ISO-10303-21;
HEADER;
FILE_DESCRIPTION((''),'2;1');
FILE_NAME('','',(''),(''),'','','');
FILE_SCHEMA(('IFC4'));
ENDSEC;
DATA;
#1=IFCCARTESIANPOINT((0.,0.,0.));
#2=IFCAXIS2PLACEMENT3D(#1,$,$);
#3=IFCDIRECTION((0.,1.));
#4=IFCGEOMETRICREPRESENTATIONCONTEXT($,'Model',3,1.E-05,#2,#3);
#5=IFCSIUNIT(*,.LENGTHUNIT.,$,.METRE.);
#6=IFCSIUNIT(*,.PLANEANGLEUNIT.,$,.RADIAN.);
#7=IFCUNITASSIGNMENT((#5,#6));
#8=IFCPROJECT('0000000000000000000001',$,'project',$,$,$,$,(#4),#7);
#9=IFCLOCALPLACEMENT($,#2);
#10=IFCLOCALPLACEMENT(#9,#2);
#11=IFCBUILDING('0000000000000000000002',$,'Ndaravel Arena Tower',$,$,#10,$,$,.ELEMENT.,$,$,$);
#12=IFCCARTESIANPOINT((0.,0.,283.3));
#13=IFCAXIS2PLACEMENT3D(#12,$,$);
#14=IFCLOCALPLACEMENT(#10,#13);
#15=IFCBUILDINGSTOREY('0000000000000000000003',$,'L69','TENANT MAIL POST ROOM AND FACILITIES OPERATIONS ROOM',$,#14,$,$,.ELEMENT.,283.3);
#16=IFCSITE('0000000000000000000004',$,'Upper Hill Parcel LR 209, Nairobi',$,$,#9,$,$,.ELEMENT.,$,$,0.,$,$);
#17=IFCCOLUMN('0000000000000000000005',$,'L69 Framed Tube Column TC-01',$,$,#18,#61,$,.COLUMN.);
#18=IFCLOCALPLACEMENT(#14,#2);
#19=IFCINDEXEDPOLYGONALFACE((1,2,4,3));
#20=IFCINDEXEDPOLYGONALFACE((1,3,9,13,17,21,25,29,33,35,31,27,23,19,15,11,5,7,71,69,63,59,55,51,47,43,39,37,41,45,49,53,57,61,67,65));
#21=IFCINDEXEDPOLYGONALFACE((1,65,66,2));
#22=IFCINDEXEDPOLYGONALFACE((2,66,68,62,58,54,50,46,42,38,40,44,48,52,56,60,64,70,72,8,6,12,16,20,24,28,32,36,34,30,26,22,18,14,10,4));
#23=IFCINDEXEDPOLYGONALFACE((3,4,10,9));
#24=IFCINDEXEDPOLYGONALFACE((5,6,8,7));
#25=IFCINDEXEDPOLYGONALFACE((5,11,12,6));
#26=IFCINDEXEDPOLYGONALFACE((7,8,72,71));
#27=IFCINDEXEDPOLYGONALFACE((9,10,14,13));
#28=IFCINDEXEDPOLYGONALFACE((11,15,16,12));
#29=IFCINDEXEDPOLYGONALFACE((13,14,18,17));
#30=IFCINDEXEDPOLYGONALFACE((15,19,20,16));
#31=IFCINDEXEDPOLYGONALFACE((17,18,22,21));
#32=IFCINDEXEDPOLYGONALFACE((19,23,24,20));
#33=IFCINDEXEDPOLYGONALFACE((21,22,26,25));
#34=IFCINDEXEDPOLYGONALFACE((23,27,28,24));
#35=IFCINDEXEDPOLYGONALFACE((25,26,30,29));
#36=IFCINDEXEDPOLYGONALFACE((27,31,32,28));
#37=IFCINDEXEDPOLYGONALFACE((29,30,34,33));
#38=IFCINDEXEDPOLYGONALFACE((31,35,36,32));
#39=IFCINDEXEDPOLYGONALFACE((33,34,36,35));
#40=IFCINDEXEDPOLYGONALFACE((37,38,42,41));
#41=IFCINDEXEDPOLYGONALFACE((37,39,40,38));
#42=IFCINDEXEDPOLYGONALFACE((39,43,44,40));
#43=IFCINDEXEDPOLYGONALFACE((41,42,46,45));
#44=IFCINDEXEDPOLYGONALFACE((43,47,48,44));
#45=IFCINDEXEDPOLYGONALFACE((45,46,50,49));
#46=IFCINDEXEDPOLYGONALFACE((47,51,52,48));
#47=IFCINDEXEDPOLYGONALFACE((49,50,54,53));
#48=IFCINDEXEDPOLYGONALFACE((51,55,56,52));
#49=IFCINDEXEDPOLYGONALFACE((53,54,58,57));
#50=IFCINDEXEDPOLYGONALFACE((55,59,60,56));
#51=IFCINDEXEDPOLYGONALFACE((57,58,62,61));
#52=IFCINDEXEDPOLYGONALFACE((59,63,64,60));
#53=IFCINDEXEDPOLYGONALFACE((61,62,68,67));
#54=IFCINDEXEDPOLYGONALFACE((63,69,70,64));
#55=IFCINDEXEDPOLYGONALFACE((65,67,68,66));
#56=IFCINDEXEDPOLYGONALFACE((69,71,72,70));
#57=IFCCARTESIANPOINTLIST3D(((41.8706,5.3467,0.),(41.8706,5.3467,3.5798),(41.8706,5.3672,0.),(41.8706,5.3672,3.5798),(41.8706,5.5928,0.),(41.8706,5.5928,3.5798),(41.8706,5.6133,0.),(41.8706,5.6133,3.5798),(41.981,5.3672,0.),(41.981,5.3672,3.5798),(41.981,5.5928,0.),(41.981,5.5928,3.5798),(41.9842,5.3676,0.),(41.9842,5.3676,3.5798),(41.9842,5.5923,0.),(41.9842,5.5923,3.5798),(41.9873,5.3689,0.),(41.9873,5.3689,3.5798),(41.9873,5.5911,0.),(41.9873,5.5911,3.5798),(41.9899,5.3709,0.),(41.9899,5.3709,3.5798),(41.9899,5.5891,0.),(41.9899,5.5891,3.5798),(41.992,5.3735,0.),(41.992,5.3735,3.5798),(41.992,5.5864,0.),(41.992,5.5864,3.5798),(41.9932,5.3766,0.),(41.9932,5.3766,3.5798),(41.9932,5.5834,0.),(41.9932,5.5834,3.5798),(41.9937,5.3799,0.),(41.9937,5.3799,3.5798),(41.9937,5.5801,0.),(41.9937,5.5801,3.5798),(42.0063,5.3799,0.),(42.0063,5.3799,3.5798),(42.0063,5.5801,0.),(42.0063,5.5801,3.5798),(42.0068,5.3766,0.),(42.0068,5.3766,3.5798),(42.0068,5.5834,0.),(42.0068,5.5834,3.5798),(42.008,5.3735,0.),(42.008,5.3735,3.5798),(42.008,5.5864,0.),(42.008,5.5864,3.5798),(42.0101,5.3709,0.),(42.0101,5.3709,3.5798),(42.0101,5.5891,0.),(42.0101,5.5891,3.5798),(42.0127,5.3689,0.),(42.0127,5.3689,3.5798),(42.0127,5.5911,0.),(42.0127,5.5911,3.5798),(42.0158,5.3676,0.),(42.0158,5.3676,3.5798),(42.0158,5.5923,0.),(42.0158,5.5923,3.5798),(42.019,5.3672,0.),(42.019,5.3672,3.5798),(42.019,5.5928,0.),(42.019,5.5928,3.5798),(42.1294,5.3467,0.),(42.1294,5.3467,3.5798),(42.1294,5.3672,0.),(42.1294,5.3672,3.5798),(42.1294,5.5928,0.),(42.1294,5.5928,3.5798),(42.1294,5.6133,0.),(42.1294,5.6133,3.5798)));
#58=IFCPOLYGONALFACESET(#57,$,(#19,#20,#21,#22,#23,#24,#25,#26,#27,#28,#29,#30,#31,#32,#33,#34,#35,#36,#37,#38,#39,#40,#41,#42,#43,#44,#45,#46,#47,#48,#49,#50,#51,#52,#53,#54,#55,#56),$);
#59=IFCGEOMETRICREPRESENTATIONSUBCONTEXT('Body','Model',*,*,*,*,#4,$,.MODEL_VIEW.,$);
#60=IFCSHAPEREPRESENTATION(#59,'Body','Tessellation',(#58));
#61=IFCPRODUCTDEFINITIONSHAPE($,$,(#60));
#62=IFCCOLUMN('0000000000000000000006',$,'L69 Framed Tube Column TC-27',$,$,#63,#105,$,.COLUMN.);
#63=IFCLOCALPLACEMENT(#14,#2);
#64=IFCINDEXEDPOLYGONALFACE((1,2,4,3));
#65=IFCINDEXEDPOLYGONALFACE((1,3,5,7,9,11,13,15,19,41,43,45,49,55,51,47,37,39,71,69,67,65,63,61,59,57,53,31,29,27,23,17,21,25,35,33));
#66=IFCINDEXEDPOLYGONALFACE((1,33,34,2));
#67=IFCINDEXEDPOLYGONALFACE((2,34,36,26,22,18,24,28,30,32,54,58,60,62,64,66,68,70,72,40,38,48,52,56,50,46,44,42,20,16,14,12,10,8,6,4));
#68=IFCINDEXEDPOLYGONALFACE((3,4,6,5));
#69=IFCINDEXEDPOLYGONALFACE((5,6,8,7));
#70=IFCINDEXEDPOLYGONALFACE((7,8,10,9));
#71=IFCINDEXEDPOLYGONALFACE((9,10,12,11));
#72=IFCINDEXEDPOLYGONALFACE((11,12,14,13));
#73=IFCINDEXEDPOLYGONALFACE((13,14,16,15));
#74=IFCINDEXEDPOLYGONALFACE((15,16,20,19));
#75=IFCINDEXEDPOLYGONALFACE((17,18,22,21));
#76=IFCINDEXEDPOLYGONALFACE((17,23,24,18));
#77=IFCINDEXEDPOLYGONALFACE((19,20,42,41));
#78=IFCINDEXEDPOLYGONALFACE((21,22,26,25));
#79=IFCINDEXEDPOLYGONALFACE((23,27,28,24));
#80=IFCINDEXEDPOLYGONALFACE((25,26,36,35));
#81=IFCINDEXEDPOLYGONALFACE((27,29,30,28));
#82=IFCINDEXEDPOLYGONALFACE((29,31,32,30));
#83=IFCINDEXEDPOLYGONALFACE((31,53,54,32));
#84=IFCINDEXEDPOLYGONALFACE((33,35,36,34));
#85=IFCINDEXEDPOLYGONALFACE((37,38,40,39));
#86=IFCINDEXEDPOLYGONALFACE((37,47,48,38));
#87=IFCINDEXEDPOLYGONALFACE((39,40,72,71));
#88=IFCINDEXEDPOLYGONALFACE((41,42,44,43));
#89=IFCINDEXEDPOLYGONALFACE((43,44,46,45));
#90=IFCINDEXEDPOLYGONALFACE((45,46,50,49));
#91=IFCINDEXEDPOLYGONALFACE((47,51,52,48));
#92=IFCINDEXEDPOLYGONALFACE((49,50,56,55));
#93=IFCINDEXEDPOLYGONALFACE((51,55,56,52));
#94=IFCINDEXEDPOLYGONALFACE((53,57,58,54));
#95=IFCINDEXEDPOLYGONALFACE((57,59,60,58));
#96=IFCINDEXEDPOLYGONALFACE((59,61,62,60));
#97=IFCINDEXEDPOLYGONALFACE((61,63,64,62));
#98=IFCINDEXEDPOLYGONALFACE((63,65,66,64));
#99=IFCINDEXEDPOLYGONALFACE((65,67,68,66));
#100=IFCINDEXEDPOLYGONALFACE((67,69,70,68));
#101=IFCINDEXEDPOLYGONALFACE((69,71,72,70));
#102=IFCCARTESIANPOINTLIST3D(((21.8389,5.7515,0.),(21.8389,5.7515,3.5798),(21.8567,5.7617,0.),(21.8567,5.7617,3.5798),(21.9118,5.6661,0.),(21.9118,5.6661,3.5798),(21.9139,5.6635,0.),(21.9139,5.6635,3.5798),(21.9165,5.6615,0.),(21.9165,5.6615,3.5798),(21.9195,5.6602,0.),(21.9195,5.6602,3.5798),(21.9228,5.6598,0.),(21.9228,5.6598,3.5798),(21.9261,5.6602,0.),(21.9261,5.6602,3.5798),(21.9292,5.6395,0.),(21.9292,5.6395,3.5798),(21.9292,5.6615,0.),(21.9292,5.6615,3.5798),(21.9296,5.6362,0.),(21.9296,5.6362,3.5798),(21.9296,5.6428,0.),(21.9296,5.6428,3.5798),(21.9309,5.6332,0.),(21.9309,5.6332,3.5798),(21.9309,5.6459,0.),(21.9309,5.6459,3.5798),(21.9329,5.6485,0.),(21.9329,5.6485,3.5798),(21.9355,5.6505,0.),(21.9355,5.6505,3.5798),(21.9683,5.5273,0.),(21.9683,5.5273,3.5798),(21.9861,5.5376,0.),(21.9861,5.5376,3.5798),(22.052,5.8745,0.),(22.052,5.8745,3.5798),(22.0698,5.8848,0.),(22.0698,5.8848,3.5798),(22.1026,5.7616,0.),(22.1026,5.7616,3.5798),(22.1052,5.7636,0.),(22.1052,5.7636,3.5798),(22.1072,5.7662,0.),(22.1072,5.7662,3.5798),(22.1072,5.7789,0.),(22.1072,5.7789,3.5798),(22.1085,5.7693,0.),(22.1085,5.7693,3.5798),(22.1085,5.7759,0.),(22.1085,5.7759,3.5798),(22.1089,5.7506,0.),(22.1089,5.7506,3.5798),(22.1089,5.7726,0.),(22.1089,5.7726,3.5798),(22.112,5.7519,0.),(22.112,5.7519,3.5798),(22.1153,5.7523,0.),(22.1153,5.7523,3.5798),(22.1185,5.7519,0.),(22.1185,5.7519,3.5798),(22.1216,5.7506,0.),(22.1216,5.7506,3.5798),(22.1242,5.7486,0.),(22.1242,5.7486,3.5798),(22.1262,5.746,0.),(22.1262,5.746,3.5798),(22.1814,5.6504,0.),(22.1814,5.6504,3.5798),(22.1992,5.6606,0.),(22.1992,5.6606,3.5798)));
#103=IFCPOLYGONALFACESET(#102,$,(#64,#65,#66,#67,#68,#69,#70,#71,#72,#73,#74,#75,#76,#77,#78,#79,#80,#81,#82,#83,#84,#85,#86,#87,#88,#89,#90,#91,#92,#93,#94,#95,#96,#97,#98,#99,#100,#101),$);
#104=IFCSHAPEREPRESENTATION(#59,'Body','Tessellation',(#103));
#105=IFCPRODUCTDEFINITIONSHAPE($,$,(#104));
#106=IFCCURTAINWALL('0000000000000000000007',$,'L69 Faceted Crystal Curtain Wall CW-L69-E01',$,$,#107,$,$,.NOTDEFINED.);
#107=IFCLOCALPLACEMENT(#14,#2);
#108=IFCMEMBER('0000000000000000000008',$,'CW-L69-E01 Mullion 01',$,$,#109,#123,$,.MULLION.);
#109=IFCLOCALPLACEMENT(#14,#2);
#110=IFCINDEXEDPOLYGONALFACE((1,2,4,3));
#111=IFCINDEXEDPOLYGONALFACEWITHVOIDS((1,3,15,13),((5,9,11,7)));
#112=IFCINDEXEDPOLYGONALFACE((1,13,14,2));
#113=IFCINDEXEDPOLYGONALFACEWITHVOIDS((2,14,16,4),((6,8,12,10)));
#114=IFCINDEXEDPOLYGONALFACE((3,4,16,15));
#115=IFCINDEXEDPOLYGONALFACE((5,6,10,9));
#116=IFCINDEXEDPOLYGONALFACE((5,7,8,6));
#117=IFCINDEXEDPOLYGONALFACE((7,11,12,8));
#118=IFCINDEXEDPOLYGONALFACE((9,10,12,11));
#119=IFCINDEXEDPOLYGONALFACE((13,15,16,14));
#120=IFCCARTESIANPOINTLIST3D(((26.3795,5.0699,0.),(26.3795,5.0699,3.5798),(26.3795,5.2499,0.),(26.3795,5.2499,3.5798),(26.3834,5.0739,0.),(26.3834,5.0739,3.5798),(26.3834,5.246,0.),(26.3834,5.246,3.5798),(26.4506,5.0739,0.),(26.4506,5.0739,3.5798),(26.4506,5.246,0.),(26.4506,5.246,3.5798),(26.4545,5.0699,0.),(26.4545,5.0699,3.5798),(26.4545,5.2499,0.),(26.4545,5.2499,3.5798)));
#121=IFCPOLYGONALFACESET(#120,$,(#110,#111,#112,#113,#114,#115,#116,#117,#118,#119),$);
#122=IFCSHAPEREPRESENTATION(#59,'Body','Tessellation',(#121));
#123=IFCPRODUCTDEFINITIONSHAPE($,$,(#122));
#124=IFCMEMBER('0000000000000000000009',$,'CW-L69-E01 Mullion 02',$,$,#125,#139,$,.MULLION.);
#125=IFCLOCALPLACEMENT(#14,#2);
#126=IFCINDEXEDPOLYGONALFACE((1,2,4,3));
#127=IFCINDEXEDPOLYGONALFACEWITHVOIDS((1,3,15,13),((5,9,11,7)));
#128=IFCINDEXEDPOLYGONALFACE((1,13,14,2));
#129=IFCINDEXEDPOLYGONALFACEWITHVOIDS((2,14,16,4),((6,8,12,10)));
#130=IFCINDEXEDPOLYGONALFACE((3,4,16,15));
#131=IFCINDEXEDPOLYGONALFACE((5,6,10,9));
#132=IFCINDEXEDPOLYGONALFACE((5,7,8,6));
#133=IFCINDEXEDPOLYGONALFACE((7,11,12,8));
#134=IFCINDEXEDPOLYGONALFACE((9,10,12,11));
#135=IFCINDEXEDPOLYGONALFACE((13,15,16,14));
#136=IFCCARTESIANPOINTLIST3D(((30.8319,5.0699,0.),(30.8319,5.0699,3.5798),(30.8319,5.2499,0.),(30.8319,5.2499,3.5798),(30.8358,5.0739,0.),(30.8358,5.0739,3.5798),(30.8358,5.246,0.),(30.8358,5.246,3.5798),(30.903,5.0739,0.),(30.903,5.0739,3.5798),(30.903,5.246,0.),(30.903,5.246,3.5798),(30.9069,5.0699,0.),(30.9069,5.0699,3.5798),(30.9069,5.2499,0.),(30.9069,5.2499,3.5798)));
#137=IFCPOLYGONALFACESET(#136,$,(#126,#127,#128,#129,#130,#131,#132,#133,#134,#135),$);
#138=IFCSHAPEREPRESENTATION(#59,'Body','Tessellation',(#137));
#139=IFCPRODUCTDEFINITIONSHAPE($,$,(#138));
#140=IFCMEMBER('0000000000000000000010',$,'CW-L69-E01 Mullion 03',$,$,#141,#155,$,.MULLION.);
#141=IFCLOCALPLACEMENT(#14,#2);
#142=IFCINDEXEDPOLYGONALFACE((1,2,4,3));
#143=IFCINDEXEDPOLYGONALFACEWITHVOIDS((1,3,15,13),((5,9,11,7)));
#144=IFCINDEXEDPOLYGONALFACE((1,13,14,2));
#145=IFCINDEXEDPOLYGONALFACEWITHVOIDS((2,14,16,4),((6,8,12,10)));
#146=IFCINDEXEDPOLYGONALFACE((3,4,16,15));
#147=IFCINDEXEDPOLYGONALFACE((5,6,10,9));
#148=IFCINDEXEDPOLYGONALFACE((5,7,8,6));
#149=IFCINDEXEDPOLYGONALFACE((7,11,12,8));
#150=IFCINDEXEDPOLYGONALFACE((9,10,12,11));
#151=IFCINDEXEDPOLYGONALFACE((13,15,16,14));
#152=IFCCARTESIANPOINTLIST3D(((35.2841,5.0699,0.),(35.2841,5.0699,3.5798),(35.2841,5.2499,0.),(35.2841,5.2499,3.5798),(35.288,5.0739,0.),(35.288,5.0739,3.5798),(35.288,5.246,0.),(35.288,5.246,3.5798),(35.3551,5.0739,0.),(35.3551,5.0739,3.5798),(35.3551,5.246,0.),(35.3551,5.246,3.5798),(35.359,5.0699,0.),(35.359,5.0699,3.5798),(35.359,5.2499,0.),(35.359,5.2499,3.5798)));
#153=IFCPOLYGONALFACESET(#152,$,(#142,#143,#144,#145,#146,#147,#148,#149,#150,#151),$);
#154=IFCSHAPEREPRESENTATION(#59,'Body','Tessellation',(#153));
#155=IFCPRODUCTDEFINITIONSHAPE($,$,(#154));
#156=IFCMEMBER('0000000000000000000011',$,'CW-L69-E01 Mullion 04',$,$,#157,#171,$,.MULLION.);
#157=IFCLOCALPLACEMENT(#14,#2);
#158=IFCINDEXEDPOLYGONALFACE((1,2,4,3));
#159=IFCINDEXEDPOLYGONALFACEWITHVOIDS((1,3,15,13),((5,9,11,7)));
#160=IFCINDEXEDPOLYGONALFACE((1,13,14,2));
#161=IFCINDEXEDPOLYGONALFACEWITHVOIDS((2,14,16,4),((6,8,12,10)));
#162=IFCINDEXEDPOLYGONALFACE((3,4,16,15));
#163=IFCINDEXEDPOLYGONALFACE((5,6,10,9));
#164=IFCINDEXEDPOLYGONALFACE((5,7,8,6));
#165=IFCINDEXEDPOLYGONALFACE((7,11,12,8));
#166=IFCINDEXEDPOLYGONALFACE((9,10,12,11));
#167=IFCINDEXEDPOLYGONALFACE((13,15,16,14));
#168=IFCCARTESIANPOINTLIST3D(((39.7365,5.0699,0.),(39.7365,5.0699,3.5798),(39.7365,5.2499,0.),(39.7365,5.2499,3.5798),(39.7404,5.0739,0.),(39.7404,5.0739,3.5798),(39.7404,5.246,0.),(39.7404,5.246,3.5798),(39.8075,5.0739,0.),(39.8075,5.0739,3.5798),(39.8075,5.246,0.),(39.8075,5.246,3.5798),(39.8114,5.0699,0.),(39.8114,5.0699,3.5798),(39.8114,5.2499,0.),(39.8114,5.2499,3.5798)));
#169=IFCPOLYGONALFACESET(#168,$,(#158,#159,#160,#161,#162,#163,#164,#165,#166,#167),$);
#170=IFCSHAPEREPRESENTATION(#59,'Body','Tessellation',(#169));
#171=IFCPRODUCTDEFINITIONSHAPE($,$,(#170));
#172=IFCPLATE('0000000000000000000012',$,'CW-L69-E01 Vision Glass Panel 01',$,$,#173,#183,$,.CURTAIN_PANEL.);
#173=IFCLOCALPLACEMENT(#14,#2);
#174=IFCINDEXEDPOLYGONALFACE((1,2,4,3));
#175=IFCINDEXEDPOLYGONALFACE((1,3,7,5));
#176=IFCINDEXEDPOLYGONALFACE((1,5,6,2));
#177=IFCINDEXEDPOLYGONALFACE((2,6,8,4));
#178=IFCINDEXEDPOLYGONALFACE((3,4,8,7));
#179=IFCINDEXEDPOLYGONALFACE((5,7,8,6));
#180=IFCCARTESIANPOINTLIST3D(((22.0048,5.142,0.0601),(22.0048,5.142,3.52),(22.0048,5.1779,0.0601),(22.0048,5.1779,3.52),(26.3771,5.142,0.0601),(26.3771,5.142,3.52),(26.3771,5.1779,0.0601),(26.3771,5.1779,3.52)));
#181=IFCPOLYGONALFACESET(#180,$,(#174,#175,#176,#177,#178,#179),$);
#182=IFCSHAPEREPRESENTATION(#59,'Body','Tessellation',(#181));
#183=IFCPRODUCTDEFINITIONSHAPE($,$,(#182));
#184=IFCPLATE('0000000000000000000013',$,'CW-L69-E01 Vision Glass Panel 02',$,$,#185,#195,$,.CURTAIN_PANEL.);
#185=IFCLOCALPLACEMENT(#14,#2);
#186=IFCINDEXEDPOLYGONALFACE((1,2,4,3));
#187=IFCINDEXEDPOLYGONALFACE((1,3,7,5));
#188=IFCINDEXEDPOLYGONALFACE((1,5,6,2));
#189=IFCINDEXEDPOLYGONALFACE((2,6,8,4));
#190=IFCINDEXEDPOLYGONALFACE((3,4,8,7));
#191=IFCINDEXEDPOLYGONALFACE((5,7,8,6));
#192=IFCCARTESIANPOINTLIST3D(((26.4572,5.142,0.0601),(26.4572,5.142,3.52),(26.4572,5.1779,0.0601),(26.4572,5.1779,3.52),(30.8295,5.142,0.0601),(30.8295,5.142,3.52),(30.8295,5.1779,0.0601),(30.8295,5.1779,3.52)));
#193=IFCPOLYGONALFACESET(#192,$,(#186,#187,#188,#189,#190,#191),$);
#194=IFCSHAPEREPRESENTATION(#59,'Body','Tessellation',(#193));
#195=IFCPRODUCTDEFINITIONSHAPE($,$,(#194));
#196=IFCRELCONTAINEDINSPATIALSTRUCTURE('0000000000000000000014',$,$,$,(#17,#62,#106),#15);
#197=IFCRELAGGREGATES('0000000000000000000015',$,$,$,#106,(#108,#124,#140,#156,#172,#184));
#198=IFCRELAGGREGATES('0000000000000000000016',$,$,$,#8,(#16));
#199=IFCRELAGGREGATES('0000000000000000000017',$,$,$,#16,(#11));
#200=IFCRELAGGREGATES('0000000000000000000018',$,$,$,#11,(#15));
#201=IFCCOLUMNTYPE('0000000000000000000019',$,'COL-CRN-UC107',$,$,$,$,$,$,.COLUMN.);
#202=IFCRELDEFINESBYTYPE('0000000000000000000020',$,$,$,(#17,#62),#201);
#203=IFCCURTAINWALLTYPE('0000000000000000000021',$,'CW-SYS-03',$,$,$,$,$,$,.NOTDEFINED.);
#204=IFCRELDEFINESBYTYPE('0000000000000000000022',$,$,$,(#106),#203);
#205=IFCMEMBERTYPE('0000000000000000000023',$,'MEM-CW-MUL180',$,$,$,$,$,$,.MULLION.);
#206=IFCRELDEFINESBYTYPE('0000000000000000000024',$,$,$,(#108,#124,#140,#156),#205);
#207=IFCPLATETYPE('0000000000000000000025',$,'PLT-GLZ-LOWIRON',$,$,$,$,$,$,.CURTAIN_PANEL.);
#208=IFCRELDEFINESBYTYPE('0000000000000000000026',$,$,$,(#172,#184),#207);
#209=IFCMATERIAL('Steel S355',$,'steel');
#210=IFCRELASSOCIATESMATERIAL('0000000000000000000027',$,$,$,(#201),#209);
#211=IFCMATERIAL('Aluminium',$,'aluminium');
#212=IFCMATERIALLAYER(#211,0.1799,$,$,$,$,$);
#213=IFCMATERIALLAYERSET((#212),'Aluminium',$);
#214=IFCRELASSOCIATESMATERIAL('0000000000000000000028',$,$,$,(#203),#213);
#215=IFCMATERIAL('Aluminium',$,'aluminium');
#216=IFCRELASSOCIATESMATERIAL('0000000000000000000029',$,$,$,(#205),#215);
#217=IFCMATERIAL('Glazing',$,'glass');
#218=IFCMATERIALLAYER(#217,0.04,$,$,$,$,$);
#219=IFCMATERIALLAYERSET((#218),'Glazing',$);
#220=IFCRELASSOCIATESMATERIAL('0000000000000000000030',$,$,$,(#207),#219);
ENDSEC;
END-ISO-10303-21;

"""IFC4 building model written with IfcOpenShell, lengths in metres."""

from ifc_helpers import new_model, si_unit, direction, frame, origin, origin_2d, place, context, subcontext, project, spatial, rectangle, hollow_rectangle, i_section, extrude, material, layer, layer_set, material_profile, profile_set, type_object, element, aggregate, save


model = new_model("IFC4")

# Units and contexts
model_context = context("Model", 3, precision=1e-05, world=origin(), true_north=direction((0.0, 1.0)))
body_context = subcontext(model_context, "Body", "Model", "MODEL_VIEW")
ifc_project = project(units=[si_unit("LENGTHUNIT", "METRE"), si_unit("PLANEANGLEUNIT", "RADIAN")], contexts=[model_context])

# Site, building, storey
site_placement = place(None, origin())
site = spatial("IfcSite", under=ifc_project, at=site_placement, Name="Upper Hill Parcel LR 209, Nairobi", CompositionType="ELEMENT", RefElevation=0.0)
building_placement = place(site_placement, origin())
building = spatial("IfcBuilding", under=site, at=building_placement, Name="Ndaravel Arena Tower", CompositionType="ELEMENT")
storey_placement = place(building_placement, frame((0.0, 0.0, 283.3)))
storey = spatial("IfcBuildingStorey", under=building, at=storey_placement, Name="L69", Description="TENANT MAIL POST ROOM AND FACILITIES OPERATIONS ROOM", CompositionType="ELEMENT", Elevation=283.3)

# Columns
ifc_material_1 = material(Name="Steel S355", Category="steel")
ifc_material_profile_1 = material_profile(ifc_material_1, i_section(OverallWidth=0.2588, OverallDepth=0.2666, WebThickness=0.0127, FlangeThickness=0.0205, FilletRadius=0.0127, at=origin_2d()), Name="UC 254x254x107")
ifc_profile_set_1 = profile_set([ifc_material_profile_1], Name="Steel S355")
column_type = type_object("IfcColumnType", Name="COL-CRN-UC107", PredefinedType="COLUMN", material=ifc_profile_set_1)
for number, where, z_axis, x_axis, name in (
    (1, (42.0, 5.48, 0.0), (0.0, 0.0, 1.0), (1.0, 0.0, 0.0), "L69 Framed Tube Column TC-01"),
    (2, (22.019, 5.7061, 0.0), (0.0, 0.0, 1.0), (-0.5, 0.866025, 0.0), "L69 Framed Tube Column TC-27"),
):
    element("IfcColumn", number, at=place(storey_placement, frame(where, z_axis=z_axis, x_axis=x_axis)), inside=storey, type_object=column_type, Name=name, PredefinedType="COLUMN", context=body_context, shape_type="SweptSolid", body=[
        extrude(i_section(OverallWidth=0.2588, OverallDepth=0.2666, WebThickness=0.0127, FlangeThickness=0.0205, FilletRadius=0.0127, at=origin_2d()), origin(), (0.0, 0.0, 1.0), 3.5798),
    ])

# Curtain wall, members, plates
ifc_material_2 = material(Name="Aluminium", Category="aluminium")
ifc_layer_1 = layer(ifc_material_2, 0.1799)
ifc_layer_set_1 = layer_set([ifc_layer_1], Name="Aluminium")
curtain_wall_type = type_object("IfcCurtainWallType", Name="CW-SYS-03", PredefinedType="NOTDEFINED", material=ifc_layer_set_1)
curtain_wall_placement = place(storey_placement, origin())
curtain_wall = element("IfcCurtainWall", 3, at=curtain_wall_placement, inside=storey, type_object=curtain_wall_type, Name="L69 Faceted Crystal Curtain Wall CW-L69-E01", PredefinedType="NOTDEFINED")
ifc_material_3 = material(Name="Aluminium", Category="aluminium")
ifc_material_profile_2 = material_profile(ifc_material_3, hollow_rectangle(XDim=0.075, YDim=0.1799, WallThickness=0.0039, at=origin_2d()), Name="CW MULLION 75x180x4")
ifc_profile_set_2 = profile_set([ifc_material_profile_2], Name="Aluminium")
member_type = type_object("IfcMemberType", Name="MEM-CW-MUL180", PredefinedType="MULLION", material=ifc_profile_set_2)
member_1_placement = place(storey_placement, frame((26.417, 5.1599, 0.0), z_axis=(0.0, 0.0, 1.0), x_axis=(1.0, 0.0, 0.0)))
member_1 = element("IfcMember", 4, at=member_1_placement, type_object=member_type, Name="CW-L69-E01 Mullion 01", PredefinedType="MULLION", context=body_context, shape_type="SweptSolid", body=[
    extrude(hollow_rectangle(XDim=0.075, YDim=0.1799, WallThickness=0.0039, at=origin_2d()), origin(), (0.0, 0.0, 1.0), 3.5798),
])
member_2_placement = place(storey_placement, frame((30.8694, 5.1599, 0.0), z_axis=(0.0, 0.0, 1.0), x_axis=(1.0, 0.0, 0.0)))
member_2 = element("IfcMember", 5, at=member_2_placement, type_object=member_type, Name="CW-L69-E01 Mullion 02", PredefinedType="MULLION", context=body_context, shape_type="SweptSolid", body=[
    extrude(hollow_rectangle(XDim=0.075, YDim=0.1799, WallThickness=0.0039, at=origin_2d()), origin(), (0.0, 0.0, 1.0), 3.5798),
])
member_3_placement = place(storey_placement, frame((35.3215, 5.1599, 0.0), z_axis=(0.0, 0.0, 1.0), x_axis=(1.0, 0.0, 0.0)))
member_3 = element("IfcMember", 6, at=member_3_placement, type_object=member_type, Name="CW-L69-E01 Mullion 03", PredefinedType="MULLION", context=body_context, shape_type="SweptSolid", body=[
    extrude(hollow_rectangle(XDim=0.075, YDim=0.1799, WallThickness=0.0039, at=origin_2d()), origin(), (0.0, 0.0, 1.0), 3.5798),
])
member_4_placement = place(storey_placement, frame((39.7739, 5.1599, 0.0), z_axis=(0.0, 0.0, 1.0), x_axis=(1.0, 0.0, 0.0)))
member_4 = element("IfcMember", 7, at=member_4_placement, type_object=member_type, Name="CW-L69-E01 Mullion 04", PredefinedType="MULLION", context=body_context, shape_type="SweptSolid", body=[
    extrude(hollow_rectangle(XDim=0.075, YDim=0.1799, WallThickness=0.0039, at=origin_2d()), origin(), (0.0, 0.0, 1.0), 3.5798),
])
ifc_material_4 = material(Name="Glazing", Category="glass")
ifc_layer_2 = layer(ifc_material_4, 0.04)
ifc_layer_set_2 = layer_set([ifc_layer_2], Name="Glazing")
plate_type = type_object("IfcPlateType", Name="PLT-GLZ-LOWIRON", PredefinedType="CURTAIN_PANEL", material=ifc_layer_set_2)
plate_1_placement = place(storey_placement, frame((24.1909, 5.1599, 0.0601), z_axis=(0.0, 0.0, 1.0), x_axis=(1.0, 0.0, 0.0)))
plate_1 = element("IfcPlate", 8, at=plate_1_placement, type_object=plate_type, Name="CW-L69-E01 Vision Glass Panel 01", PredefinedType="CURTAIN_PANEL", context=body_context, shape_type="SweptSolid", body=[
    extrude(rectangle(XDim=4.3723, YDim=0.0359, at=origin_2d()), origin(), (0.0, 0.0, 1.0), 3.46),
])
plate_2_placement = place(storey_placement, frame((28.6433, 5.1599, 0.0601), z_axis=(0.0, 0.0, 1.0), x_axis=(1.0, 0.0, 0.0)))
plate_2 = element("IfcPlate", 9, at=plate_2_placement, type_object=plate_type, Name="CW-L69-E01 Vision Glass Panel 02", PredefinedType="CURTAIN_PANEL", context=body_context, shape_type="SweptSolid", body=[
    extrude(rectangle(XDim=4.3723, YDim=0.0359, at=origin_2d()), origin(), (0.0, 0.0, 1.0), 3.46),
])
aggregate(curtain_wall, [member_1, member_2, member_3, member_4, plate_1, plate_2])

save(model, "model.ifc")
